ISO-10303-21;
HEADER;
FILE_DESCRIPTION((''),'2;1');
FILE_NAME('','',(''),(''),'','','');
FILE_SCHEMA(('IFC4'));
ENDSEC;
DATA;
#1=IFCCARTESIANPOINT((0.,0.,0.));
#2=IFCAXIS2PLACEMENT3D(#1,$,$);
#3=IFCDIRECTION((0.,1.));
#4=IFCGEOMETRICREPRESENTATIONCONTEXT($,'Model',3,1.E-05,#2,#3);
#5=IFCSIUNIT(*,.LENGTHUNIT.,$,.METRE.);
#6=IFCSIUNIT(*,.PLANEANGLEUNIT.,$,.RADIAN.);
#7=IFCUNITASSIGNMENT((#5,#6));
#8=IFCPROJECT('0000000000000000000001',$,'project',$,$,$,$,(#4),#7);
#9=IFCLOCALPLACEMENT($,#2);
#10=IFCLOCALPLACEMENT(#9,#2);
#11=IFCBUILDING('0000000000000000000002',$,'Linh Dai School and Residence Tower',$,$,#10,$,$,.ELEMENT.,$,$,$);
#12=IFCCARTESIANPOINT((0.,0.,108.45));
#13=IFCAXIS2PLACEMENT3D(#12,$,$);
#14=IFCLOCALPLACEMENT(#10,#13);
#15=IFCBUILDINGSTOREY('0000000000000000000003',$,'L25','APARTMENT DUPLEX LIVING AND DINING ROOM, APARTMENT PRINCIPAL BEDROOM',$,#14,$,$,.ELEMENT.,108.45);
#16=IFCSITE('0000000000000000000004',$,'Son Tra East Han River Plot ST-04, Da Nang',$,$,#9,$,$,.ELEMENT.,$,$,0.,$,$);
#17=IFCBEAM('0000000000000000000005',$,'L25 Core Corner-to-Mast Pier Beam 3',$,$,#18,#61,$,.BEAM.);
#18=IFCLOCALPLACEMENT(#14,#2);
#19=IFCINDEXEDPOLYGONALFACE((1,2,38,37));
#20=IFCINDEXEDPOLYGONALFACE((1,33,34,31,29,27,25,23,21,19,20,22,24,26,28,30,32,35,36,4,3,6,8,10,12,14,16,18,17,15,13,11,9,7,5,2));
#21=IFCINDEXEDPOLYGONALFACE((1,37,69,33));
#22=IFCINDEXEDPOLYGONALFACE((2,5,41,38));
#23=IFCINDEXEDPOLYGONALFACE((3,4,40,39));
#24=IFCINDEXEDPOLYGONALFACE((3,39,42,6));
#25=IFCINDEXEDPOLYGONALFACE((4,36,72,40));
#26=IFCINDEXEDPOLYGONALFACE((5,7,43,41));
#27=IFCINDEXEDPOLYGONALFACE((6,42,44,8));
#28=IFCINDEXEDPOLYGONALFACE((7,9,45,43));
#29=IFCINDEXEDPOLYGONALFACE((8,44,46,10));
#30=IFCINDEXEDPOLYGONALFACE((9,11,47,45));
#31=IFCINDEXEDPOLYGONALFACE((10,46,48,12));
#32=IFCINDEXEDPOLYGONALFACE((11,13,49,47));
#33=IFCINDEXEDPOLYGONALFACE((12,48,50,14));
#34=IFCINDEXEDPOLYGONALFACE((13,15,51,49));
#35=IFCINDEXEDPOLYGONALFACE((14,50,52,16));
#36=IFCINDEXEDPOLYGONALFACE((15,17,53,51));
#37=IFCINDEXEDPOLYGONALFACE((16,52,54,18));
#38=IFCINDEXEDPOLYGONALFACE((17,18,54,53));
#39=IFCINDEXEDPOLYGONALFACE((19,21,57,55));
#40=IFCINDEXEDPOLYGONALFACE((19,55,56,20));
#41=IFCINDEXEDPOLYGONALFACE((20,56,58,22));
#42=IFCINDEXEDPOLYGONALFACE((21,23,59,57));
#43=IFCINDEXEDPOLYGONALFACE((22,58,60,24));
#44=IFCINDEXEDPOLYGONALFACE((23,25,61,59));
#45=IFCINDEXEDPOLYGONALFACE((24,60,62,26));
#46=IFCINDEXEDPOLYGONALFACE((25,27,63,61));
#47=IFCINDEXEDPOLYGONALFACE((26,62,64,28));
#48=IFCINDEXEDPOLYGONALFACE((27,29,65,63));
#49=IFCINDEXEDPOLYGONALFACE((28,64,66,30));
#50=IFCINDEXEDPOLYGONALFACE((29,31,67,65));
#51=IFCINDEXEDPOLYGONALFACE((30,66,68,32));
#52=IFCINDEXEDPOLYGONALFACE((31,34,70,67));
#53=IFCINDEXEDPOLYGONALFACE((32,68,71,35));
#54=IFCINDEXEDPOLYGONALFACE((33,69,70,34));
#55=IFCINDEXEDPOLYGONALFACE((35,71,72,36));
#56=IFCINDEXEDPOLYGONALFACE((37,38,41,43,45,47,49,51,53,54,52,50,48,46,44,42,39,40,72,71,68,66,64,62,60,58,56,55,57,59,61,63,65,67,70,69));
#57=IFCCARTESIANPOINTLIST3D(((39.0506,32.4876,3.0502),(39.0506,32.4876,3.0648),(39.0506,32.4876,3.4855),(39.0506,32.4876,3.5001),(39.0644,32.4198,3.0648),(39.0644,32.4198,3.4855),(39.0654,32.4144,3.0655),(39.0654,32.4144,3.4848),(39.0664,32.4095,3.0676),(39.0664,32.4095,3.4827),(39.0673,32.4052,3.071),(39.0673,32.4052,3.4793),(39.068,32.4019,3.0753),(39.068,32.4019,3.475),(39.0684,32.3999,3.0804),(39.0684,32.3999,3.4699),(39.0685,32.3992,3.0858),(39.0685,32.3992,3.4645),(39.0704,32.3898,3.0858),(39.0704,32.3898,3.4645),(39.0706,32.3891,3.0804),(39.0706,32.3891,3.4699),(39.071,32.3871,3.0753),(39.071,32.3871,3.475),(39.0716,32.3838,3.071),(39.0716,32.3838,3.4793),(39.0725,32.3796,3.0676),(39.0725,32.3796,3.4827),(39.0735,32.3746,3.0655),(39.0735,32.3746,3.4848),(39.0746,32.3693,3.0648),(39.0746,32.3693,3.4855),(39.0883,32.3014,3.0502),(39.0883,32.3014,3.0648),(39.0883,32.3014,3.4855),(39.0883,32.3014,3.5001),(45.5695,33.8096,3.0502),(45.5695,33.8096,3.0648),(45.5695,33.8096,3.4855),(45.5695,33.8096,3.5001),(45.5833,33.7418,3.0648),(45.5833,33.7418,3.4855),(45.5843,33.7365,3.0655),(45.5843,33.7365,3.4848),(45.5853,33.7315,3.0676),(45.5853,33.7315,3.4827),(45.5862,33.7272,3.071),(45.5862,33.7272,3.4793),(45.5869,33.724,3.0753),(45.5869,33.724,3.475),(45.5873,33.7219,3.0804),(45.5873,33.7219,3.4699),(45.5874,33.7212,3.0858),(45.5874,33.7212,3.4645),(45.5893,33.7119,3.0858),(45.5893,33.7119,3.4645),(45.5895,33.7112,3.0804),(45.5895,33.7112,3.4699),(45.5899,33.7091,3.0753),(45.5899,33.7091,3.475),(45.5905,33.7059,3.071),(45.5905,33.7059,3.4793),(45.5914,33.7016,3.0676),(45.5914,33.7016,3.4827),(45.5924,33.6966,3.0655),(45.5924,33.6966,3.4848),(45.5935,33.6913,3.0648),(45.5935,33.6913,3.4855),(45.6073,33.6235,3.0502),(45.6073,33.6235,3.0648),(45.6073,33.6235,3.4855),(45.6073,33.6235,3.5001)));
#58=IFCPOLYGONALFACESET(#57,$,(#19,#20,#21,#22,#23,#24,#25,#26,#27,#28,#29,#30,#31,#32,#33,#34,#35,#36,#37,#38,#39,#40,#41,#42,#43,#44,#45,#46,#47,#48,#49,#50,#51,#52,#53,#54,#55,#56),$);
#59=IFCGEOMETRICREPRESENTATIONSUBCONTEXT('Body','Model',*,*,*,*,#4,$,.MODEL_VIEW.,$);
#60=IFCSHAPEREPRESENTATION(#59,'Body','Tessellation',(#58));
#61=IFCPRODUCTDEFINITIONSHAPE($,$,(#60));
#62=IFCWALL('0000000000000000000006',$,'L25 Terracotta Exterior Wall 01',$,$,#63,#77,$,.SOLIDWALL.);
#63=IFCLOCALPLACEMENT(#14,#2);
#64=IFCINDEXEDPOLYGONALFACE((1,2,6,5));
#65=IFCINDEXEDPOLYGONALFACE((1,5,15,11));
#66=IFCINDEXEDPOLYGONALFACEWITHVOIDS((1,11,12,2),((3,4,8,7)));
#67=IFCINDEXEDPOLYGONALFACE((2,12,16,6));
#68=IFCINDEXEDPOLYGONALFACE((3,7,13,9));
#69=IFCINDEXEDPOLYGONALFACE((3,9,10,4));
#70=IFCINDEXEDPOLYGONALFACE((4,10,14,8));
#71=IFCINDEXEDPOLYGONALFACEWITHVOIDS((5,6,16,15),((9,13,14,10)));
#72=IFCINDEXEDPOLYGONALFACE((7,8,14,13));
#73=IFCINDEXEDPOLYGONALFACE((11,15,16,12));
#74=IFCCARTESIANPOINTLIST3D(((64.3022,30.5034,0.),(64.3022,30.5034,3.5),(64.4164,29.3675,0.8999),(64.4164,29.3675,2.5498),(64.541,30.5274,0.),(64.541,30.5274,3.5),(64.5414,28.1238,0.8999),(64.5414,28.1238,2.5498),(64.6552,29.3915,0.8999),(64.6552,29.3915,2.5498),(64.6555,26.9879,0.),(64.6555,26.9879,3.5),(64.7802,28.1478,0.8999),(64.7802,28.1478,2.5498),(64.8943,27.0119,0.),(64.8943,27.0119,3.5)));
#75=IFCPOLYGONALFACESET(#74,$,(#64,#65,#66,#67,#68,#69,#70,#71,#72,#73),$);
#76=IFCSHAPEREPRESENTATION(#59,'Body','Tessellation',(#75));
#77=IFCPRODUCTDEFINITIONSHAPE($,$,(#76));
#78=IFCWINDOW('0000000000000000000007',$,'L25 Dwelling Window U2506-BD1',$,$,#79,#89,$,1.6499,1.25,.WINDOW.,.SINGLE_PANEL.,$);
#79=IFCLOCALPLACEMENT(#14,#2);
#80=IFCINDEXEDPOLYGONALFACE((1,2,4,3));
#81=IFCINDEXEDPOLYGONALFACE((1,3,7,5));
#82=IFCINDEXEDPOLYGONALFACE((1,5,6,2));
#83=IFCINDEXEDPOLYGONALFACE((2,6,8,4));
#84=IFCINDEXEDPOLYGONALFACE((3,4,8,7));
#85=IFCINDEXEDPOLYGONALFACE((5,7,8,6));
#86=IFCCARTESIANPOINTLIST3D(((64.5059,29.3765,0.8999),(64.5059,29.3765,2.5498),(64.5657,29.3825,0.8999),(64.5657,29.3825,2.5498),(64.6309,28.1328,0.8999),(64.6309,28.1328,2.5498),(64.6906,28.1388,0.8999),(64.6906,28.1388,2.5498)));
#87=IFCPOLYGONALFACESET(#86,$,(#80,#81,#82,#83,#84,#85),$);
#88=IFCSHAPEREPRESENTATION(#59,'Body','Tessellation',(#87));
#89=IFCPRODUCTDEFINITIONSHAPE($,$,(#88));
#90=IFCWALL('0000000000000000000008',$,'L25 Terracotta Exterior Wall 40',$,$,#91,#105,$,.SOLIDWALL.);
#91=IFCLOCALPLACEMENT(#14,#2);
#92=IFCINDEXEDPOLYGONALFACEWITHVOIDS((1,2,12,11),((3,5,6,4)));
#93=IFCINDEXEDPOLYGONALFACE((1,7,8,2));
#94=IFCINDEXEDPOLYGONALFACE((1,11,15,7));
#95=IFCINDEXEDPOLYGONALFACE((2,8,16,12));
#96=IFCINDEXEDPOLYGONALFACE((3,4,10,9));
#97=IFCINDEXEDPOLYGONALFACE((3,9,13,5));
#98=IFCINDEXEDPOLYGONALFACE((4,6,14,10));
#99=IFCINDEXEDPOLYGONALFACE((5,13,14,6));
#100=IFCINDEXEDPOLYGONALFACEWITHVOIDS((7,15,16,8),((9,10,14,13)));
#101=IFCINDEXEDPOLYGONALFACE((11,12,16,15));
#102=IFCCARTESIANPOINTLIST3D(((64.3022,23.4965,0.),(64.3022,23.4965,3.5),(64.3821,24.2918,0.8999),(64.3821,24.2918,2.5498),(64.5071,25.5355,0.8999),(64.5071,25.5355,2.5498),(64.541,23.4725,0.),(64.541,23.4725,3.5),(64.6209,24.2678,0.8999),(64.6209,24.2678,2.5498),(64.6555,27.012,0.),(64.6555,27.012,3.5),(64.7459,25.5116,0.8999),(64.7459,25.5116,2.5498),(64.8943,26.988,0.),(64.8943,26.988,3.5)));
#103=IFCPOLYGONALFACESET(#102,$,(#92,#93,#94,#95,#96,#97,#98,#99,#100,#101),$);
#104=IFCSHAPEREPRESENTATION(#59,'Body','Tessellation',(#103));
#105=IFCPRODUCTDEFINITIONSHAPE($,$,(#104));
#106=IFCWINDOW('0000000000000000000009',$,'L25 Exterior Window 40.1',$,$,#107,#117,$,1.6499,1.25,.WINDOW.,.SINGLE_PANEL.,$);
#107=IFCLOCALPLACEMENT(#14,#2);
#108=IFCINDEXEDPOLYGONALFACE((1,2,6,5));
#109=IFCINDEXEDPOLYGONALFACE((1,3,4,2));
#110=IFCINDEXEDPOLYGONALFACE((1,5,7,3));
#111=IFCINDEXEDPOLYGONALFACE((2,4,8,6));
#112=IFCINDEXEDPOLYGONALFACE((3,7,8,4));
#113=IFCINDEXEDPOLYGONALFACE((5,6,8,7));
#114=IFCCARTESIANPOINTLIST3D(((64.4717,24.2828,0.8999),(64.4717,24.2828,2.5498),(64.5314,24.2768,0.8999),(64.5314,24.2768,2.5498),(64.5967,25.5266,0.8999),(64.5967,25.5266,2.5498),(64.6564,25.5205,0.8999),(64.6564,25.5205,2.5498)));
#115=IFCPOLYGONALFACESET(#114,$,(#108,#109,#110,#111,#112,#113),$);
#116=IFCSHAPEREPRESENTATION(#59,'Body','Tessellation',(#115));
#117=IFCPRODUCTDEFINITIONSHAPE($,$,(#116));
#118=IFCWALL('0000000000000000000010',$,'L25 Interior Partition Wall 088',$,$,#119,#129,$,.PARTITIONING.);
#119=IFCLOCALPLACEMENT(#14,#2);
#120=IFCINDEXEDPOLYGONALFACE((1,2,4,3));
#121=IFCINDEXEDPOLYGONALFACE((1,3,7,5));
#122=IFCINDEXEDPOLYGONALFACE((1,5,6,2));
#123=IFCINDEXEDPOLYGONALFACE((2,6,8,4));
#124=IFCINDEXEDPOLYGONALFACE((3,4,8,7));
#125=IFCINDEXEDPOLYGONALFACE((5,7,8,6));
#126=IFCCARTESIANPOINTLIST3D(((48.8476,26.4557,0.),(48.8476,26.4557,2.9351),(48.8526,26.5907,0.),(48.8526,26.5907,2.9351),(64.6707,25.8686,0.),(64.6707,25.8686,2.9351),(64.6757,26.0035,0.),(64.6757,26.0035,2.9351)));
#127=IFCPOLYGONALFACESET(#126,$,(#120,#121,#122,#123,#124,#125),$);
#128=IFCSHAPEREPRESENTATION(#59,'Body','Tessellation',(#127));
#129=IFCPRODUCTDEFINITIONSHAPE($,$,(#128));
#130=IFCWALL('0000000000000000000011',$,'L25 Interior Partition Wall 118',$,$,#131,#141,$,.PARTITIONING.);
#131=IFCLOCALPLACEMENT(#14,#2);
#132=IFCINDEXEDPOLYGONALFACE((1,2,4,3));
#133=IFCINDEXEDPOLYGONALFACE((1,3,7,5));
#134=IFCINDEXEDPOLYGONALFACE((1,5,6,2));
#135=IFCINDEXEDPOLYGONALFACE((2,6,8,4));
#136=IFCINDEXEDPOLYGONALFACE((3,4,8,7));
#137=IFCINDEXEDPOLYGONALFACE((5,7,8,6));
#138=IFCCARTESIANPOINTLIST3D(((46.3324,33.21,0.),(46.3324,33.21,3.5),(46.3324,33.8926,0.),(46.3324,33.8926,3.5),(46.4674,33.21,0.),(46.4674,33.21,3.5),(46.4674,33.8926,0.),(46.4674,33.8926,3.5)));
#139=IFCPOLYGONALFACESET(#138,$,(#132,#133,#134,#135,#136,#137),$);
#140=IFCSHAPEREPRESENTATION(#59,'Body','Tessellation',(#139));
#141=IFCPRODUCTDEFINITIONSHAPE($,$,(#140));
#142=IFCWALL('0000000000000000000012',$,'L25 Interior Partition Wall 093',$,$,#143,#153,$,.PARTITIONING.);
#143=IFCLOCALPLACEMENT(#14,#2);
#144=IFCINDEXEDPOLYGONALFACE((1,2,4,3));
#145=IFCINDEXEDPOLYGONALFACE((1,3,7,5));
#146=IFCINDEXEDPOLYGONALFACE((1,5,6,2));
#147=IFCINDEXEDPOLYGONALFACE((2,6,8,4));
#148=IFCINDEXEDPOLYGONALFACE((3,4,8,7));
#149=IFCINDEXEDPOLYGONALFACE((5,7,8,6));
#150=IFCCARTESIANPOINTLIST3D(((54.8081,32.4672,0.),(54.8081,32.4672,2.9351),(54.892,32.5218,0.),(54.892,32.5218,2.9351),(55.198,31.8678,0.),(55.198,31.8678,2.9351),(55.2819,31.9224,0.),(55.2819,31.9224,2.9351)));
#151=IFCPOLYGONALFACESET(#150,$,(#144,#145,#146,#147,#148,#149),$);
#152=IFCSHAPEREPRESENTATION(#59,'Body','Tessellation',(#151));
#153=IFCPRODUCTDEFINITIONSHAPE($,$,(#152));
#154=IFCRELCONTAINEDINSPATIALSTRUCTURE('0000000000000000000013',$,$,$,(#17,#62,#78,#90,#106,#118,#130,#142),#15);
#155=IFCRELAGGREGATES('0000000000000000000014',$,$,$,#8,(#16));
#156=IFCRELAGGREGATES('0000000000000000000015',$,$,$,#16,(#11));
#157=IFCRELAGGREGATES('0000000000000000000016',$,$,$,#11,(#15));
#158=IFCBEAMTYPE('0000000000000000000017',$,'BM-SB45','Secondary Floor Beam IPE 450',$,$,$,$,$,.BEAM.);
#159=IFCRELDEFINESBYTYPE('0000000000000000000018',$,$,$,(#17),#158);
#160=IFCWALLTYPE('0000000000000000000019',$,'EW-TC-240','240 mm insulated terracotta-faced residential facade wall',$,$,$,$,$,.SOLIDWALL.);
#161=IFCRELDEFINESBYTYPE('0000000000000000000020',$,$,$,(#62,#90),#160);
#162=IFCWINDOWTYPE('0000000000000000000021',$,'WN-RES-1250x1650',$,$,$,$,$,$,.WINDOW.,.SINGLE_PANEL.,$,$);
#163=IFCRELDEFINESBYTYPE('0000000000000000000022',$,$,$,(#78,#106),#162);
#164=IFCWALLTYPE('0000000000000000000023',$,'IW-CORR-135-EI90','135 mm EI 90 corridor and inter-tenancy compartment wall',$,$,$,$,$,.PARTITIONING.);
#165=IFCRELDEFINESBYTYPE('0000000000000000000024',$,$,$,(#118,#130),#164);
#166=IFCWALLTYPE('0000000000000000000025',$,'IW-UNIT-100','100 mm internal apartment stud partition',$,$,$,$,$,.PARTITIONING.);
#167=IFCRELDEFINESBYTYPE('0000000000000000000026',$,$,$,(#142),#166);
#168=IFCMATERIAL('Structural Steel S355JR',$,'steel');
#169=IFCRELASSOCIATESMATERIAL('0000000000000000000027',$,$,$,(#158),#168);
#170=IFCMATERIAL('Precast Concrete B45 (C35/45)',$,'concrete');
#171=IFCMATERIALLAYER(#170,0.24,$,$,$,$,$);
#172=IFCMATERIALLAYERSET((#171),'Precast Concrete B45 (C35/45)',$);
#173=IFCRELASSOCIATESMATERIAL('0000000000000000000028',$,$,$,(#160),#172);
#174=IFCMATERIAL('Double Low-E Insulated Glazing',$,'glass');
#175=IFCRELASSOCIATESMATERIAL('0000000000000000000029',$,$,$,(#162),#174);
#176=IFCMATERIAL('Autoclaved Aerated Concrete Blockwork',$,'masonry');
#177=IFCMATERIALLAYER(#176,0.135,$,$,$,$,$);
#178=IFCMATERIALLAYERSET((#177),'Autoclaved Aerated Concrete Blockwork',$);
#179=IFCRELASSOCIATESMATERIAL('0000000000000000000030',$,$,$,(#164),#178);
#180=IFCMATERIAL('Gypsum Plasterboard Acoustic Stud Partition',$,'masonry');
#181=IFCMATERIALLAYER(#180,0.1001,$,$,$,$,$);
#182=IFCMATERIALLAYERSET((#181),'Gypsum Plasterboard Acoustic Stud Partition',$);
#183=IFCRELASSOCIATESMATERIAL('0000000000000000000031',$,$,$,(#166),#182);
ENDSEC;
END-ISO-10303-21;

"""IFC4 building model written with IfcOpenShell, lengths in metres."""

from ifc_helpers import new_model, si_unit, direction, frame, frame_2d, origin, origin_2d, place, context, subcontext, project, spatial, rectangle, i_section, extrude, source, transform, mapped, material, layer, layer_set, material_profile, profile_set, type_object, element, fill, save


model = new_model("IFC4")

# Units and contexts
model_context = context("Model", 3, precision=1e-05, world=origin(), true_north=direction((0.0, 1.0)))
body_context = subcontext(model_context, "Body", "Model", "MODEL_VIEW")
ifc_project = project(units=[si_unit("LENGTHUNIT", "METRE"), si_unit("PLANEANGLEUNIT", "RADIAN")], contexts=[model_context])

# Site, building, storey
site_placement = place(None, origin())
site = spatial("IfcSite", under=ifc_project, at=site_placement, Name="Son Tra East Han River Plot ST-04, Da Nang", CompositionType="ELEMENT", RefElevation=0.0)
building_placement = place(site_placement, origin())
building = spatial("IfcBuilding", under=site, at=building_placement, Name="Linh Dai School and Residence Tower", CompositionType="ELEMENT")
storey_placement = place(building_placement, frame((0.0, 0.0, 108.45)))
storey = spatial("IfcBuildingStorey", under=building, at=storey_placement, Name="L25", Description="APARTMENT DUPLEX LIVING AND DINING ROOM, APARTMENT PRINCIPAL BEDROOM", CompositionType="ELEMENT", Elevation=108.45)

# Shared definitions
ifc_material_1 = material(Name="Structural Steel S355JR", Category="steel")

# Beam
ifc_material_profile_1 = material_profile(ifc_material_1, i_section(OverallWidth=0.1899, OverallDepth=0.45, WebThickness=0.0095, FlangeThickness=0.0146, FilletRadius=0.021, at=origin_2d()), Name="IPE 450")
ifc_profile_set_1 = profile_set([ifc_material_profile_1], Name="Structural Steel S355JR")
beam_type_1 = type_object("IfcBeamType", Name="BM-SB45", Description="Secondary Floor Beam IPE 450", PredefinedType="BEAM", material=ifc_profile_set_1)
beam_1_placement = place(storey_placement, frame((45.5884, 33.7166, 3.2751), z_axis=(-0.980049, -0.198755, 0.0), x_axis=(0.198755, -0.980049, 0.0)))
element("IfcBeam", 1, at=beam_1_placement, inside=storey, type_object=beam_type_1, Name="L25 Core Corner-to-Mast Pier Beam 3", PredefinedType="BEAM", context=body_context, shape_type="SweptSolid", body=[
    extrude(i_section(OverallWidth=0.1899, OverallDepth=0.45, WebThickness=0.0095, FlangeThickness=0.0146, FilletRadius=0.021, at=origin_2d()), origin(), (0.0, 0.0, 1.0), 6.6516),
])

# Walls, openings, windows
ifc_material_2 = material(Name="Precast Concrete B45 (C35/45)", Category="concrete")
ifc_layer_1 = layer(ifc_material_2, 0.24)
ifc_layer_set_1 = layer_set([ifc_layer_1], Name="Precast Concrete B45 (C35/45)")
wall_type_1 = type_object("IfcWallType", Name="EW-TC-240", Description="240 mm insulated terracotta-faced residential facade wall", PredefinedType="SOLIDWALL", material=ifc_layer_set_1)
wall_1_placement = place(storey_placement, frame((64.4216, 30.5154, 0.0), z_axis=(0.0, 0.0, 1.0), x_axis=(0.099989, -0.994988, 0.0)))
wall_1 = element("IfcWall", 2, at=wall_1_placement, inside=storey, type_object=wall_type_1, Name="L25 Terracotta Exterior Wall 01", PredefinedType="SOLIDWALL", context=body_context, shape_type="SweptSolid", body=[
    extrude(rectangle(XDim=3.5332, YDim=0.24, at=frame_2d((1.7666, 0.0))), origin(), (0.0, 0.0, 1.0), 3.5),
])
opening_1_placement = place(wall_1_placement, frame((1.1416, 0.0, 0.8999)))
opening_1 = element("IfcOpeningElement", 3, at=opening_1_placement, cuts=wall_1, PredefinedType="OPENING", context=body_context, shape_type="SweptSolid", body=[
    extrude(rectangle(XDim=1.25, YDim=1.6499, at=origin_2d()), frame((0.625, 0.1299, 0.825), z_axis=(0.0, -1.0, 0.0), x_axis=(1.0, 0.0, 0.0)), (0.0, 0.0, 1.0), 0.26),
])
ifc_material_3 = material(Name="Double Low-E Insulated Glazing", Category="glass")
window_type = type_object("IfcWindowType", Name="WN-RES-1250x1650", PartitioningType="SINGLE_PANEL", PredefinedType="WINDOW", material=ifc_material_3)
shared_shape_1 = source(origin(), body_context, "Body", "SweptSolid", [
    extrude(rectangle(XDim=1.25, YDim=1.6499, at=origin_2d()), frame((0.625, 0.03, 0.825), z_axis=(0.0, -1.0, 0.0), x_axis=(1.0, 0.0, 0.0)), (0.0, 0.0, 1.0), 0.0601),
])
window_1_placement = place(opening_1_placement, origin())
window_1 = element("IfcWindow", 4, at=window_1_placement, inside=storey, type_object=window_type, Name="L25 Dwelling Window U2506-BD1", OverallHeight=1.6499, OverallWidth=1.25, PartitioningType="SINGLE_PANEL", PredefinedType="WINDOW", context=body_context, shape_type="MappedRepresentation", body=[
    mapped(shared_shape_1, transform((0.0, 0.0, 0.0), x_axis=(1.0, 0.0, 0.0), y_axis=(0.0, 1.0, 0.0), z_axis=(0.0, 0.0, 1.0), scale=1.0)),
])
fill(opening_1, window_1)
wall_2_placement = place(storey_placement, frame((64.7749, 27.0, 0.0), z_axis=(0.0, 0.0, 1.0), x_axis=(-0.099989, -0.994988, 0.0)))
wall_2 = element("IfcWall", 5, at=wall_2_placement, inside=storey, type_object=wall_type_1, Name="L25 Terracotta Exterior Wall 40", PredefinedType="SOLIDWALL", context=body_context, shape_type="SweptSolid", body=[
    extrude(rectangle(XDim=3.5332, YDim=0.24, at=frame_2d((1.7666, 0.0))), origin(), (0.0, 0.0, 1.0), 3.5),
])
opening_2_placement = place(wall_2_placement, frame((1.4839, 0.0, 0.8999)))
opening_2 = element("IfcOpeningElement", 6, at=opening_2_placement, cuts=wall_2, PredefinedType="OPENING", context=body_context, shape_type="SweptSolid", body=[
    extrude(rectangle(XDim=1.25, YDim=1.6499, at=origin_2d()), frame((0.625, 0.1299, 0.825), z_axis=(0.0, -1.0, 0.0), x_axis=(1.0, 0.0, 0.0)), (0.0, 0.0, 1.0), 0.26),
])
window_2_placement = place(opening_2_placement, origin())
window_2 = element("IfcWindow", 7, at=window_2_placement, inside=storey, type_object=window_type, Name="L25 Exterior Window 40.1", OverallHeight=1.6499, OverallWidth=1.25, PartitioningType="SINGLE_PANEL", PredefinedType="WINDOW", context=body_context, shape_type="MappedRepresentation", body=[
    mapped(shared_shape_1, transform((0.0, 0.0, 0.0), x_axis=(1.0, 0.0, 0.0), y_axis=(0.0, 1.0, 0.0), z_axis=(0.0, 0.0, 1.0), scale=1.0)),
])
fill(opening_2, window_2)

# Walls
ifc_material_4 = material(Name="Autoclaved Aerated Concrete Blockwork", Category="masonry")
ifc_layer_2 = layer(ifc_material_4, 0.135)
ifc_layer_set_2 = layer_set([ifc_layer_2], Name="Autoclaved Aerated Concrete Blockwork")
wall_type_2 = type_object("IfcWallType", Name="IW-CORR-135-EI90", Description="135 mm EI 90 corridor and inter-tenancy compartment wall", PredefinedType="PARTITIONING", material=ifc_layer_set_2)
wall_3_placement = place(storey_placement, frame((48.8501, 26.5232, 0.0), z_axis=(0.0, 0.0, 1.0), x_axis=(0.999312, -0.037082, 0.0)))
element("IfcWall", 8, at=wall_3_placement, inside=storey, type_object=wall_type_2, Name="L25 Interior Partition Wall 088", PredefinedType="PARTITIONING", context=body_context, shape_type="SweptSolid", body=[
    extrude(rectangle(XDim=15.834, YDim=0.135, at=frame_2d((7.917, 0.0))), origin(), (0.0, 0.0, 1.0), 2.9351),
])
wall_4_placement = place(storey_placement, frame((46.3999, 33.21, 0.0), z_axis=(0.0, 0.0, 1.0), x_axis=(0.0, 1.0, 0.0)))
element("IfcWall", 9, at=wall_4_placement, inside=storey, type_object=wall_type_2, Name="L25 Interior Partition Wall 118", PredefinedType="PARTITIONING", context=body_context, shape_type="SweptSolid", body=[
    extrude(rectangle(XDim=0.6826, YDim=0.135, at=frame_2d((0.3413, 0.0))), origin(), (0.0, 0.0, 1.0), 3.5),
])
ifc_material_5 = material(Name="Gypsum Plasterboard Acoustic Stud Partition", Category="masonry")
ifc_layer_3 = layer(ifc_material_5, 0.1001)
ifc_layer_set_3 = layer_set([ifc_layer_3], Name="Gypsum Plasterboard Acoustic Stud Partition")
wall_type_3 = type_object("IfcWallType", Name="IW-UNIT-100", Description="100 mm internal apartment stud partition", PredefinedType="PARTITIONING", material=ifc_layer_set_3)
wall_5_placement = place(storey_placement, frame((54.8501, 32.4944, 0.0), z_axis=(0.0, 0.0, 1.0), x_axis=(0.545288, -0.838249, 0.0)))
element("IfcWall", 10, at=wall_5_placement, inside=storey, type_object=wall_type_3, Name="L25 Interior Partition Wall 093", PredefinedType="PARTITIONING", context=body_context, shape_type="SweptSolid", body=[
    extrude(rectangle(XDim=0.7151, YDim=0.1001, at=frame_2d((0.3574, 0.0))), origin(), (0.0, 0.0, 1.0), 2.9351),
])

save(model, "model.ifc")
